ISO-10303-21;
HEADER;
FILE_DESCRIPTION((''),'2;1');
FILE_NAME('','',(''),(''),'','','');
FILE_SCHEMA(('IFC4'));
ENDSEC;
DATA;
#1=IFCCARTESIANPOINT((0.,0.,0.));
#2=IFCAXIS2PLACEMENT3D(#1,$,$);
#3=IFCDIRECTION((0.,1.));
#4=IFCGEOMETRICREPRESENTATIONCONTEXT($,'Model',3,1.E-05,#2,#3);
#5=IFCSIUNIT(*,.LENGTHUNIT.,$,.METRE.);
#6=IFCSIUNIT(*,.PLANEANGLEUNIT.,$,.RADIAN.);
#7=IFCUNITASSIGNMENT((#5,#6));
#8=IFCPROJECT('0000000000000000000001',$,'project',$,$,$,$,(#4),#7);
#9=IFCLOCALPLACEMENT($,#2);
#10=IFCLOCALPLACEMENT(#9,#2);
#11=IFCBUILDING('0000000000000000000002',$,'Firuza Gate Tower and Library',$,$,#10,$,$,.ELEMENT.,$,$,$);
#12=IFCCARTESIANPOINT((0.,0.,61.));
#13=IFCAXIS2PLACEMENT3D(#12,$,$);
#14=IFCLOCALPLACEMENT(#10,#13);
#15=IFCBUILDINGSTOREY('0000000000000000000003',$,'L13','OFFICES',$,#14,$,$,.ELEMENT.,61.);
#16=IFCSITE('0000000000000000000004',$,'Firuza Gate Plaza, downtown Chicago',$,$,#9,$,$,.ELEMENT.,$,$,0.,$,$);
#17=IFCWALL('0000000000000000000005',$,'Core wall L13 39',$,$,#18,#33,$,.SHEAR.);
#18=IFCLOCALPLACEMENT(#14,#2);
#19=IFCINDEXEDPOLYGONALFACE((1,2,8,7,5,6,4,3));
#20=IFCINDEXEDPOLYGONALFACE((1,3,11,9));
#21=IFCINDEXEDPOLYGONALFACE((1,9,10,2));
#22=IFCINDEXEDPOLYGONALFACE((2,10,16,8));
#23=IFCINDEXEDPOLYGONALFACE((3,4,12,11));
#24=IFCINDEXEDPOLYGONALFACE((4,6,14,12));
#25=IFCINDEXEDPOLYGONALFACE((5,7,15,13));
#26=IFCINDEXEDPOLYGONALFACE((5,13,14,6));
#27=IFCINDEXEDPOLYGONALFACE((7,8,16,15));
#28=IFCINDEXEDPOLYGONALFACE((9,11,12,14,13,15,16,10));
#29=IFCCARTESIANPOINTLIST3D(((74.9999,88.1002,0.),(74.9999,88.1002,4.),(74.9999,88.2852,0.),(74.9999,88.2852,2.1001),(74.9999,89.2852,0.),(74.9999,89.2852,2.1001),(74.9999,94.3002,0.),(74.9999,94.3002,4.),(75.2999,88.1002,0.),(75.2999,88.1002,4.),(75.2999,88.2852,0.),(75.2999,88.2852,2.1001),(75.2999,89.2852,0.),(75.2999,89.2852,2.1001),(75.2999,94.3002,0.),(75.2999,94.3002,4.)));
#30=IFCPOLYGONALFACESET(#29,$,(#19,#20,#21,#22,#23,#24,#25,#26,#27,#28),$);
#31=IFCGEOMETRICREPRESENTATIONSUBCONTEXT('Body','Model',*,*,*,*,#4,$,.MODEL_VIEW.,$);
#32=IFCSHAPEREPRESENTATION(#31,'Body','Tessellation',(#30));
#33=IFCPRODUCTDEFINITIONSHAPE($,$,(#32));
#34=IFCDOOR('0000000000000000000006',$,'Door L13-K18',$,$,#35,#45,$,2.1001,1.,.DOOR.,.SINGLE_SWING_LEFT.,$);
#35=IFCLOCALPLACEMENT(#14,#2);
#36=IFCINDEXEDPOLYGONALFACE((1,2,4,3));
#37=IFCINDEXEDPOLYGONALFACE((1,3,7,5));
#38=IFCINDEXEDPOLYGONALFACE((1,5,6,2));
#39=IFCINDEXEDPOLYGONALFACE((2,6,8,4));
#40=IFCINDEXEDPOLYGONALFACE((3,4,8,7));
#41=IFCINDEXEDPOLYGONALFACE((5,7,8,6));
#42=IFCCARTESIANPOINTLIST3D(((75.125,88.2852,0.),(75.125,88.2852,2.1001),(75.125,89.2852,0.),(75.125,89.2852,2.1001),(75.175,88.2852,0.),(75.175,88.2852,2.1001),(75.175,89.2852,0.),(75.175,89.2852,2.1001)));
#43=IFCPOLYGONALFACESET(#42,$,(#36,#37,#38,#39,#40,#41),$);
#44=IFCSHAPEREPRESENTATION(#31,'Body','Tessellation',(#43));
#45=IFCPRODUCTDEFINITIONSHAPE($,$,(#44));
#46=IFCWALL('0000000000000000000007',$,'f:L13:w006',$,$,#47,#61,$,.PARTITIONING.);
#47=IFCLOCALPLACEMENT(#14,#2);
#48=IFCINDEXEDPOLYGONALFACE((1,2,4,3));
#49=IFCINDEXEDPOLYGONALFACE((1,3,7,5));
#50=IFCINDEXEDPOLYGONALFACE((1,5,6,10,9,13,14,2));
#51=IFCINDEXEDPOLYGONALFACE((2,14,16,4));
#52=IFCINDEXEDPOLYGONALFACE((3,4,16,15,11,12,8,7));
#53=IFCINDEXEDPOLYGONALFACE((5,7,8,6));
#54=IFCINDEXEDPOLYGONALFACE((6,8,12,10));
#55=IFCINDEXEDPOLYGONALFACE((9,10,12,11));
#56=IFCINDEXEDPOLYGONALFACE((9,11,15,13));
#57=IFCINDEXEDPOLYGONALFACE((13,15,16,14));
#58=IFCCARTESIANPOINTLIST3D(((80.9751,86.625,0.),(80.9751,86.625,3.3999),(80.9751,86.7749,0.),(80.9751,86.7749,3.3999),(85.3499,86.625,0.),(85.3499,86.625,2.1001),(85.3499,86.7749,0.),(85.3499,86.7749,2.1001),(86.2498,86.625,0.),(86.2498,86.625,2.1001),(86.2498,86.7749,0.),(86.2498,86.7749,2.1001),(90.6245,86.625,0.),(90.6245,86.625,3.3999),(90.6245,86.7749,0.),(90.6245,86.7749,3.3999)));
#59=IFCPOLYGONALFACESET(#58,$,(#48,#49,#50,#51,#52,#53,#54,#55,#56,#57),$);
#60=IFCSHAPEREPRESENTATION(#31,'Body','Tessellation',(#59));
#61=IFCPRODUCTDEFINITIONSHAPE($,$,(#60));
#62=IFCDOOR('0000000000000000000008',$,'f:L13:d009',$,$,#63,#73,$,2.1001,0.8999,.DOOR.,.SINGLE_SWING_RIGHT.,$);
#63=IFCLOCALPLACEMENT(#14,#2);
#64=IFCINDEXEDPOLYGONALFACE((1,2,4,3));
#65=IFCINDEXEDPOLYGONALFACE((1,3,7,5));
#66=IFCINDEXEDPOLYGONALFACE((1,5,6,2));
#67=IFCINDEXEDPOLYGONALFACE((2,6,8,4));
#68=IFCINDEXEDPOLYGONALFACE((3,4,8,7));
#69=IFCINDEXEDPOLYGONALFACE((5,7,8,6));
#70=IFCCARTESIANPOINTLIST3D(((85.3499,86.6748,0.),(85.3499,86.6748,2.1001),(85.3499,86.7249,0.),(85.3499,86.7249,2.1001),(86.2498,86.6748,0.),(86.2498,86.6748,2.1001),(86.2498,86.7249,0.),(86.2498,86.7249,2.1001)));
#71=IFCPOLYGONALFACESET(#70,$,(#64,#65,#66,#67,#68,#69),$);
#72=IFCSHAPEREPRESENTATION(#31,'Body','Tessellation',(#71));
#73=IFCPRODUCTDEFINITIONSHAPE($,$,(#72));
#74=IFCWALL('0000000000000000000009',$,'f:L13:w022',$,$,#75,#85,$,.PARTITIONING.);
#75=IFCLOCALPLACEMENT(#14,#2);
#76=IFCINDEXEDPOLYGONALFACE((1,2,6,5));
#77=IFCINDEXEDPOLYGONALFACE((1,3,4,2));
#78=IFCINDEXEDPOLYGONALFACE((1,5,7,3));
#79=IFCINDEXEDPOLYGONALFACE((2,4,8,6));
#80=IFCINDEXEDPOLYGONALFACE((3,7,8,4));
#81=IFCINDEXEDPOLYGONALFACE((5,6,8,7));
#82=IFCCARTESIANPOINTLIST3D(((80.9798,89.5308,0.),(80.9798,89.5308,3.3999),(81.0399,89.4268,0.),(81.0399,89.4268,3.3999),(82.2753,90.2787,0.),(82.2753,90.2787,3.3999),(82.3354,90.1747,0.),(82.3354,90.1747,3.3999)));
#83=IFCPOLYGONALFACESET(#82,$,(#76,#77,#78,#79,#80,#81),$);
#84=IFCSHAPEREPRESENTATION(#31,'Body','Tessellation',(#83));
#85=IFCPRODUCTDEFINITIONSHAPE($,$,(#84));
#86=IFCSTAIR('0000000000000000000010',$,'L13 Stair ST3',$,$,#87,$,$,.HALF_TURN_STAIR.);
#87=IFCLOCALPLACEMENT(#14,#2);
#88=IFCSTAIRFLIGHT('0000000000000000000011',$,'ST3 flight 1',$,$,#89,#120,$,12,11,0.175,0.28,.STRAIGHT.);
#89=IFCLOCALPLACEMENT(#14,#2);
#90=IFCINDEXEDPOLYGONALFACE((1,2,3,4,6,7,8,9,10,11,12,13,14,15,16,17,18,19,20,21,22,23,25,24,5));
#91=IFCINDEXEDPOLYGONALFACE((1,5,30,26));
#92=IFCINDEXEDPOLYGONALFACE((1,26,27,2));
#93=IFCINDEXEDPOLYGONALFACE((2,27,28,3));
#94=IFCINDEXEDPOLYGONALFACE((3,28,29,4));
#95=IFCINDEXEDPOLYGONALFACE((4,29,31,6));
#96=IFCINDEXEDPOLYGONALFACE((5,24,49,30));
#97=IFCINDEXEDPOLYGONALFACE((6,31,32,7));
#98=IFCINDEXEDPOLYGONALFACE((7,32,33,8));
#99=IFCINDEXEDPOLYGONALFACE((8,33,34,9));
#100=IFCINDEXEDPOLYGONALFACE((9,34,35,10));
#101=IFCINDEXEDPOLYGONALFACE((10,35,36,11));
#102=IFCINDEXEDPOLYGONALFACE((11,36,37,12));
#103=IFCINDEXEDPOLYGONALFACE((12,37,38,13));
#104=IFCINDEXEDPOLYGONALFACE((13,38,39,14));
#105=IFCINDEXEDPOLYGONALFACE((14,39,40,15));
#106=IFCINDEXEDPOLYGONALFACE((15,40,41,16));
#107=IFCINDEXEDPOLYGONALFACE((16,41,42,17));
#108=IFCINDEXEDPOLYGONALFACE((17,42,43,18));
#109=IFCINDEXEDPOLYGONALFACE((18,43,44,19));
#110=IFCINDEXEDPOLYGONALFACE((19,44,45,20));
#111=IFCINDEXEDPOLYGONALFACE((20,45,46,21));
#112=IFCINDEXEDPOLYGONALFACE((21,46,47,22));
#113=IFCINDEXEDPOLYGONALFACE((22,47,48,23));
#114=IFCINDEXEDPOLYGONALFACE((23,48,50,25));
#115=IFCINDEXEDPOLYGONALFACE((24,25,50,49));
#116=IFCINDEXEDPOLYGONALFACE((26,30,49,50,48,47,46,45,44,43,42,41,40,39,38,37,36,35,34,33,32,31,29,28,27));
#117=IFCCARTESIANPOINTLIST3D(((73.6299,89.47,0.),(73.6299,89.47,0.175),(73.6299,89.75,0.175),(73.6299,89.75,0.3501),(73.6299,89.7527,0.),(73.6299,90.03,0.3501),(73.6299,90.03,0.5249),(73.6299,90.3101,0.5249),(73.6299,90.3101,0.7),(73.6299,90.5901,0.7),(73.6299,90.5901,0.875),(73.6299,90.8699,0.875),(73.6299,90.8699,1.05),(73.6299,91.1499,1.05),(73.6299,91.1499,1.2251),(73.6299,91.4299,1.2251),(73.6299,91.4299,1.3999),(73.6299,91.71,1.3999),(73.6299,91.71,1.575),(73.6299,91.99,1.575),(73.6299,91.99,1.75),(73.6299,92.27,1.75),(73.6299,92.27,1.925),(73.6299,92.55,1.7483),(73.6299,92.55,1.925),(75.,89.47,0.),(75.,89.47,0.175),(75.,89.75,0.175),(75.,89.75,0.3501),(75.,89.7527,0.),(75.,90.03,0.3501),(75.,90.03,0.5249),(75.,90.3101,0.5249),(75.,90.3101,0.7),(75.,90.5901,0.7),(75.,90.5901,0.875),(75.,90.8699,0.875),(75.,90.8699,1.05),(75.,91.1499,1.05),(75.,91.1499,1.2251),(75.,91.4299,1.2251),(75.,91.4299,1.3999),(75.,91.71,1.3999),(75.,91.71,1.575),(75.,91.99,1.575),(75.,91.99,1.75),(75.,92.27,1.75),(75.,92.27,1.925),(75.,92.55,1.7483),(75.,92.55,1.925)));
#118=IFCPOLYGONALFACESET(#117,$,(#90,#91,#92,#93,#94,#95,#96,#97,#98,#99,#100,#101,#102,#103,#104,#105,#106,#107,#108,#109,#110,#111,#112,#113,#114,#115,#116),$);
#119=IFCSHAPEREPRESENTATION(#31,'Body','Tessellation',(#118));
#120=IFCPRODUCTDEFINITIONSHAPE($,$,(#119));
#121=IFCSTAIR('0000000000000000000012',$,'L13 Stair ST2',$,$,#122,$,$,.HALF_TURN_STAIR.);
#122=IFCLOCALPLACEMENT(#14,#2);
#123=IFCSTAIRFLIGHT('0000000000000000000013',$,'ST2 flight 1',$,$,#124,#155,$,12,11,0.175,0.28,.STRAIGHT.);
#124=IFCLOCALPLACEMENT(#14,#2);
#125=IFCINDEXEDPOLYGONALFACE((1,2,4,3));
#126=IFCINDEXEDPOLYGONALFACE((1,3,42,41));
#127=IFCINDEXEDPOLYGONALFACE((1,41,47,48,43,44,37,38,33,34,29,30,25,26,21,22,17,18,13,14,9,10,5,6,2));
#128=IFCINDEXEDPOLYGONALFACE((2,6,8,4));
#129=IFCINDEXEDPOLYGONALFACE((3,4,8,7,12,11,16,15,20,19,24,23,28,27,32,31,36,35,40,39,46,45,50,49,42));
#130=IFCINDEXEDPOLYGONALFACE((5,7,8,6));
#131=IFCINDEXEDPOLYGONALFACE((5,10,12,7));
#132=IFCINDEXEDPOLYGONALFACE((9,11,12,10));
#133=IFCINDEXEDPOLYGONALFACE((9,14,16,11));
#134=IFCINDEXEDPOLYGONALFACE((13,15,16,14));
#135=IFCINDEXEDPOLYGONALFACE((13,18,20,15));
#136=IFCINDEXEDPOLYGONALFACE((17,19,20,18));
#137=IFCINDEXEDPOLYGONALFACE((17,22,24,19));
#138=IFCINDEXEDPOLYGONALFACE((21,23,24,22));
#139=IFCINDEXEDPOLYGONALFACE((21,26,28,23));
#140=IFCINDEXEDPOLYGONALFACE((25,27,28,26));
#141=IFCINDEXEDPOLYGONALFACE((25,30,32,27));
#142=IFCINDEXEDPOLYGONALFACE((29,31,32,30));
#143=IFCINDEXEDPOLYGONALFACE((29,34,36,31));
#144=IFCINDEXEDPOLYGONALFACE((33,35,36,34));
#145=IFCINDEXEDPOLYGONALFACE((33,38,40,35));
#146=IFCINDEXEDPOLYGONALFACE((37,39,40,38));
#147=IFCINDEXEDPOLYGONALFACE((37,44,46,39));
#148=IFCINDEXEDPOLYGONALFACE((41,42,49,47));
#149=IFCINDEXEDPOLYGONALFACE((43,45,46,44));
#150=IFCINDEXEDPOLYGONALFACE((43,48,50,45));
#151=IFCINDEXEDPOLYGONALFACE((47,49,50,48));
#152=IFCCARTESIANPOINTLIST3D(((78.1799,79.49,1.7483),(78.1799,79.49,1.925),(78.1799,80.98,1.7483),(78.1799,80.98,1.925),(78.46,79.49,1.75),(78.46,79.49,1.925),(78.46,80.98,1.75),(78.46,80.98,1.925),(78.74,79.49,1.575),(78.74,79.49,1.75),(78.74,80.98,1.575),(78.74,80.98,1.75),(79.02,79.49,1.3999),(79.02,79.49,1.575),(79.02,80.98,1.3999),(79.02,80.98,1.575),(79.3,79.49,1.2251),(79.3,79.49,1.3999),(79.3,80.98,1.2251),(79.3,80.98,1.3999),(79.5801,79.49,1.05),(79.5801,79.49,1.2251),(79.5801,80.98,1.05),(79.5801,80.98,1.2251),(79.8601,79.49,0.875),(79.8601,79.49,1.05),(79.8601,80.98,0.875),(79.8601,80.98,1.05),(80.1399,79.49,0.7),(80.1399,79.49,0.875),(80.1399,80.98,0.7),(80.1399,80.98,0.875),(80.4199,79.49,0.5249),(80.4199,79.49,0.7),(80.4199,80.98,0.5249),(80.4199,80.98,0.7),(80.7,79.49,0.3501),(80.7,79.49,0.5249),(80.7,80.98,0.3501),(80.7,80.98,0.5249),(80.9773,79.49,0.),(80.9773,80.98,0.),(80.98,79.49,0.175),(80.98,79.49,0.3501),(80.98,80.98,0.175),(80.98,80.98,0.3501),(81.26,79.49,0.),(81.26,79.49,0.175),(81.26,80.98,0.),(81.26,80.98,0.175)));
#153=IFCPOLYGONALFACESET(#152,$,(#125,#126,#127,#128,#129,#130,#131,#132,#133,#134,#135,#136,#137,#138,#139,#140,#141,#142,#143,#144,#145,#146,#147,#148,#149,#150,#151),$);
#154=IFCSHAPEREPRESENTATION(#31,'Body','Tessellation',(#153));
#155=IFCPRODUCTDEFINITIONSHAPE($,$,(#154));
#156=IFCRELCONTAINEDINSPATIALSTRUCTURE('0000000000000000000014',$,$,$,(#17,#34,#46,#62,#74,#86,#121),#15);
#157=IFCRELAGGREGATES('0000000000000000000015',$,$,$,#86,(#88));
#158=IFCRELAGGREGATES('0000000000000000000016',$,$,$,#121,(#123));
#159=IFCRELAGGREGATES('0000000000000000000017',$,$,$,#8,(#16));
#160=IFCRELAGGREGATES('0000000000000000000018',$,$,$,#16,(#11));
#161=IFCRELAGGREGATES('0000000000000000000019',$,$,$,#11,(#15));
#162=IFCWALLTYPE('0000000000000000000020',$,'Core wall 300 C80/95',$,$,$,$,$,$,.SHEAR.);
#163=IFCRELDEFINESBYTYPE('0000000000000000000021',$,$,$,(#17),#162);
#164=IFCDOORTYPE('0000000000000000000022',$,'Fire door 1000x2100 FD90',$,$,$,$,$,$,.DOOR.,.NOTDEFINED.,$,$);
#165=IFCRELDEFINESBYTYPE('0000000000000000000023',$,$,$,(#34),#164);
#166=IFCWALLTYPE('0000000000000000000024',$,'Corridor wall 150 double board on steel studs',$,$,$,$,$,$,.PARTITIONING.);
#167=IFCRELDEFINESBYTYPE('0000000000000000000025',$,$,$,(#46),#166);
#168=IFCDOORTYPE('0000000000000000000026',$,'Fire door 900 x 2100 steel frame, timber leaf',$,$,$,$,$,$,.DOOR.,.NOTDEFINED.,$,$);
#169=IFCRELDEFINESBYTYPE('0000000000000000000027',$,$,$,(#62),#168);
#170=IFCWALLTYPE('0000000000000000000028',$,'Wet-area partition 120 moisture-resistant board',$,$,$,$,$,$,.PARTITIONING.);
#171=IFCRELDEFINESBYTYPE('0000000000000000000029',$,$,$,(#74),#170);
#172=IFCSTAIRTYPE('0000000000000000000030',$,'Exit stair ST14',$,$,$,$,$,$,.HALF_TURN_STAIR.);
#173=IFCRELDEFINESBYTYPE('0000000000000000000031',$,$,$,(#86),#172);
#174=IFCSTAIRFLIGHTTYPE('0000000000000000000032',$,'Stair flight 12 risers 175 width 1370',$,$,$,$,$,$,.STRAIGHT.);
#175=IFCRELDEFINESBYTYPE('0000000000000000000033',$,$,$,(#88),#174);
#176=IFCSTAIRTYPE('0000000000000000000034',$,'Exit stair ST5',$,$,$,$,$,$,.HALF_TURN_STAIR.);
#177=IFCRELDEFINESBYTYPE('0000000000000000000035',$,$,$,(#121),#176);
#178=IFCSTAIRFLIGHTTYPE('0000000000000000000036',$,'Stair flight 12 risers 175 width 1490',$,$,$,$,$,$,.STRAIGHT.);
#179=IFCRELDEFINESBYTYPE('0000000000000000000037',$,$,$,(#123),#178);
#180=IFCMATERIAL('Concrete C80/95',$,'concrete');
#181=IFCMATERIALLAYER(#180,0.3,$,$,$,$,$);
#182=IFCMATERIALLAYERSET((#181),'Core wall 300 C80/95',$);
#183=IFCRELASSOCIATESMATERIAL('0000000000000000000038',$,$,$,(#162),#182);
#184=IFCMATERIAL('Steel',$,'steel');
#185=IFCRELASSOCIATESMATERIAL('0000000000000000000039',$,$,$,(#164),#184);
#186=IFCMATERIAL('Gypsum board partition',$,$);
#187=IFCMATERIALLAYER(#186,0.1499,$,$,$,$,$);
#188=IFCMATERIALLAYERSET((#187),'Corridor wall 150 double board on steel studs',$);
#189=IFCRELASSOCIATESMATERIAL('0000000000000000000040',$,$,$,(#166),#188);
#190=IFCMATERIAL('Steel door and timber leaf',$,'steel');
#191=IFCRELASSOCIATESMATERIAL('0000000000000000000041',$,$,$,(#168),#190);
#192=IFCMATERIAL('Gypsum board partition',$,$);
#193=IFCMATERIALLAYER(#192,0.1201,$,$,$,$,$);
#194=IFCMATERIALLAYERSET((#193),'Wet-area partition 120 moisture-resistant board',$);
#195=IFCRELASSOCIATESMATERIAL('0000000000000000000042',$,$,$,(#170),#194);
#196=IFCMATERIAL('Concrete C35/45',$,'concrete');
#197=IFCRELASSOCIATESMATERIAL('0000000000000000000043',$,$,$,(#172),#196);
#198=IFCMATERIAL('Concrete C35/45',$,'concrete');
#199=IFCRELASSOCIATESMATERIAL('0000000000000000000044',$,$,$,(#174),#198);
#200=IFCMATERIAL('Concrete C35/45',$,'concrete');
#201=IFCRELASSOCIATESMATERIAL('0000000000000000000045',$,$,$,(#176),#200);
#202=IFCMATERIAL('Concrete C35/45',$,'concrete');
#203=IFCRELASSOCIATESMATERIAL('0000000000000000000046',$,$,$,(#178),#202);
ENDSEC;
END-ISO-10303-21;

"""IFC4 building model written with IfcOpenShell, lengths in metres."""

from ifc_helpers import new_model, si_unit, direction, frame, frame_2d, origin, place, context, subcontext, project, spatial, polyline, rectangle, outline, extrude, material, layer, layer_set, type_object, element, fill, aggregate, save


model = new_model("IFC4")

# Units and contexts
model_context = context("Model", 3, precision=1e-05, world=origin(), true_north=direction((0.0, 1.0)))
body_context = subcontext(model_context, "Body", "Model", "MODEL_VIEW")
ifc_project = project(units=[si_unit("LENGTHUNIT", "METRE"), si_unit("PLANEANGLEUNIT", "RADIAN")], contexts=[model_context])

# Site, building, storey
site_placement = place(None, origin())
site = spatial("IfcSite", under=ifc_project, at=site_placement, Name="Firuza Gate Plaza, downtown Chicago", CompositionType="ELEMENT", RefElevation=0.0)
building_placement = place(site_placement, origin())
building = spatial("IfcBuilding", under=site, at=building_placement, Name="Firuza Gate Tower and Library", CompositionType="ELEMENT")
storey_placement = place(building_placement, frame((0.0, 0.0, 61.0)))
storey = spatial("IfcBuildingStorey", under=building, at=storey_placement, Name="L13", Description="OFFICES", CompositionType="ELEMENT", Elevation=61.0)

# Shared definitions
ifc_material_1 = material(Name="Concrete C80/95", Category="concrete")
ifc_layer_1 = layer(ifc_material_1, 0.3)
ifc_layer_set_1 = layer_set([ifc_layer_1], Name="Core wall 300 C80/95")
wall_type_1 = type_object("IfcWallType", Name="Core wall 300 C80/95", PredefinedType="SHEAR", material=ifc_layer_set_1)

# Shared definitions
ifc_material_2 = material(Name="Steel", Category="steel")
door_type_1 = type_object("IfcDoorType", Name="Fire door 1000x2100 FD90", OperationType="NOTDEFINED", PredefinedType="DOOR", material=ifc_material_2)

# Walls, openings, doors
wall_1_placement = place(storey_placement, frame((75.1499, 88.1001, 0.0), z_axis=(0.0, 0.0, 1.0), x_axis=(0.0, 1.0, 0.0)))
wall_1 = element("IfcWall", 1, at=wall_1_placement, inside=storey, type_object=wall_type_1, Name="Core wall L13 39", PredefinedType="SHEAR", context=body_context, shape_type="SweptSolid", body=[
    extrude(rectangle(XDim=6.2, YDim=0.3, at=frame_2d((3.1001, 0.0))), origin(), (0.0, 0.0, 1.0), 4.0),
])
opening_1_placement = place(wall_1_placement, frame((0.1851, 0.0, 0.0)))
opening_1 = element("IfcOpeningElement", 2, at=opening_1_placement, cuts=wall_1, PredefinedType="OPENING", context=body_context, shape_type="SweptSolid", body=[
    extrude(rectangle(XDim=1.0, YDim=2.1001, at=frame_2d((0.5, 1.05))), frame((0.0, 0.1602, 0.0), z_axis=(0.0, -1.0, 0.0), x_axis=(1.0, 0.0, 0.0)), (0.0, 0.0, 1.0), 0.3201),
])
door_1_placement = place(opening_1_placement, origin())
door_1 = element("IfcDoor", 3, at=door_1_placement, inside=storey, type_object=door_type_1, Name="Door L13-K18", OperationType="SINGLE_SWING_LEFT", OverallHeight=2.1001, OverallWidth=1.0, PredefinedType="DOOR", context=body_context, shape_type="SweptSolid", body=[
    extrude(rectangle(XDim=1.0, YDim=2.1001, at=frame_2d((0.5, 1.05))), frame((0.0, 0.0249, 0.0), z_axis=(0.0, -1.0, 0.0), x_axis=(1.0, 0.0, 0.0)), (0.0, 0.0, 1.0), 0.05),
])
fill(opening_1, door_1)
ifc_material_3 = material(Name="Gypsum board partition")
ifc_layer_2 = layer(ifc_material_3, 0.1499)
ifc_layer_set_2 = layer_set([ifc_layer_2], Name="Corridor wall 150 double board on steel studs")
wall_type_2 = type_object("IfcWallType", Name="Corridor wall 150 double board on steel studs", PredefinedType="PARTITIONING", material=ifc_layer_set_2)
wall_2_placement = place(storey_placement, frame((80.9751, 86.7, 0.0), z_axis=(0.0, 0.0, 1.0), x_axis=(1.0, 0.0, 0.0)))
wall_2 = element("IfcWall", 4, at=wall_2_placement, inside=storey, type_object=wall_type_2, Name="f:L13:w006", PredefinedType="PARTITIONING", context=body_context, shape_type="SweptSolid", body=[
    extrude(rectangle(XDim=9.6494, YDim=0.1499, at=frame_2d((4.8247, 0.0))), origin(), (0.0, 0.0, 1.0), 3.3999),
])
opening_2_placement = place(wall_2_placement, frame((4.3748, 0.0, 0.0)))
opening_2 = element("IfcOpeningElement", 5, at=opening_2_placement, cuts=wall_2, PredefinedType="OPENING", context=body_context, shape_type="SweptSolid", body=[
    extrude(rectangle(XDim=0.8999, YDim=2.1001, at=frame_2d((0.45, 1.05))), frame((0.0, 0.085, 0.0), z_axis=(0.0, -1.0, 0.0), x_axis=(1.0, 0.0, 0.0)), (0.0, 0.0, 1.0), 0.1699),
])
ifc_material_4 = material(Name="Steel door and timber leaf", Category="steel")
door_type_2 = type_object("IfcDoorType", Name="Fire door 900 x 2100 steel frame, timber leaf", OperationType="NOTDEFINED", PredefinedType="DOOR", material=ifc_material_4)
door_2_placement = place(opening_2_placement, origin())
door_2 = element("IfcDoor", 6, at=door_2_placement, inside=storey, type_object=door_type_2, Name="f:L13:d009", OperationType="SINGLE_SWING_RIGHT", OverallHeight=2.1001, OverallWidth=0.8999, PredefinedType="DOOR", context=body_context, shape_type="SweptSolid", body=[
    extrude(rectangle(XDim=0.8999, YDim=2.1001, at=frame_2d((0.45, 1.05))), frame((0.0, 0.0249, 0.0), z_axis=(0.0, -1.0, 0.0), x_axis=(1.0, 0.0, 0.0)), (0.0, 0.0, 1.0), 0.05),
])
fill(opening_2, door_2)

# Wall
ifc_material_5 = material(Name="Gypsum board partition")
ifc_layer_3 = layer(ifc_material_5, 0.1201)
ifc_layer_set_3 = layer_set([ifc_layer_3], Name="Wet-area partition 120 moisture-resistant board")
wall_type_3 = type_object("IfcWallType", Name="Wet-area partition 120 moisture-resistant board", PredefinedType="PARTITIONING", material=ifc_layer_set_3)
wall_3_placement = place(storey_placement, frame((81.0098, 89.4788, 0.0), z_axis=(0.0, 0.0, 1.0), x_axis=(0.866055, 0.499949, 0.0)))
element("IfcWall", 7, at=wall_3_placement, inside=storey, type_object=wall_type_3, Name="f:L13:w022", PredefinedType="PARTITIONING", context=body_context, shape_type="SweptSolid", body=[
    extrude(rectangle(XDim=1.4958, YDim=0.1201, at=frame_2d((0.748, 0.0))), origin(), (0.0, 0.0, 1.0), 3.3999),
])

# Stair, stair flight
ifc_material_6 = material(Name="Concrete C35/45", Category="concrete")
stair_type_1 = type_object("IfcStairType", Name="Exit stair ST14", PredefinedType="HALF_TURN_STAIR", material=ifc_material_6)
placement = place(storey_placement, origin())
stair_1 = element("IfcStair", 8, at=placement, inside=storey, type_object=stair_type_1, Name="L13 Stair ST3", PredefinedType="HALF_TURN_STAIR")
ifc_material_7 = material(Name="Concrete C35/45", Category="concrete")
stair_flight_type_1 = type_object("IfcStairFlightType", Name="Stair flight 12 risers 175 width 1370", PredefinedType="STRAIGHT", material=ifc_material_7)
stair_flight_1_placement = place(storey_placement, frame((74.3149, 89.47, 0.0), z_axis=(0.0, 0.0, 1.0), x_axis=(0.0, 1.0, 0.0)))
stair_flight_1 = element("IfcStairFlight", 9, at=stair_flight_1_placement, type_object=stair_flight_type_1, Name="ST3 flight 1", NumberOfRisers=12, NumberOfTreads=11, PredefinedType="STRAIGHT", RiserHeight=0.175, TreadLength=0.28, context=body_context, shape_type="SweptSolid", body=[
    extrude(outline(polyline([(0.0, 0.0), (0.0, 0.175), (0.28, 0.175), (0.28, 0.3501), (0.5601, 0.3501), (0.5601, 0.5249), (0.8401, 0.5249), (0.8401, 0.7), (1.1201, 0.7), (1.1201, 0.875), (1.3999, 0.875), (1.3999, 1.05), (1.6799, 1.05), (1.6799, 1.2251), (1.96, 1.2251), (1.96, 1.3999), (2.24, 1.3999), (2.24, 1.575), (2.52, 1.575), (2.52, 1.75), (2.8, 1.75), (2.8, 1.925), (3.0801, 1.925), (3.0801, 2.1001), (3.0801, 1.7483), (0.2827, 0.0), (0.0, 0.0)])), frame((0.0, 0.6851, 0.0), z_axis=(0.0, -1.0, 0.0), x_axis=(1.0, 0.0, 0.0)), (0.0, 0.0, 1.0), 1.3701),
])
aggregate(stair_1, [stair_flight_1])

# Stair, stair flight
ifc_material_8 = material(Name="Concrete C35/45", Category="concrete")
stair_type_2 = type_object("IfcStairType", Name="Exit stair ST5", PredefinedType="HALF_TURN_STAIR", material=ifc_material_8)
stair_2 = element("IfcStair", 10, at=placement, inside=storey, type_object=stair_type_2, Name="L13 Stair ST2", PredefinedType="HALF_TURN_STAIR")
ifc_material_9 = material(Name="Concrete C35/45", Category="concrete")
stair_flight_type_2 = type_object("IfcStairFlightType", Name="Stair flight 12 risers 175 width 1490", PredefinedType="STRAIGHT", material=ifc_material_9)
stair_flight_2_placement = place(storey_placement, frame((81.26, 80.2351, 0.0), z_axis=(0.0, 0.0, 1.0), x_axis=(-1.0, 0.0, 0.0)))
stair_flight_2 = element("IfcStairFlight", 11, at=stair_flight_2_placement, type_object=stair_flight_type_2, Name="ST2 flight 1", NumberOfRisers=12, NumberOfTreads=11, PredefinedType="STRAIGHT", RiserHeight=0.175, TreadLength=0.28, context=body_context, shape_type="SweptSolid", body=[
    extrude(outline(polyline([(0.0, 0.0), (0.0, 0.175), (0.28, 0.175), (0.28, 0.3501), (0.5601, 0.3501), (0.5601, 0.5249), (0.8401, 0.5249), (0.8401, 0.7), (1.1201, 0.7), (1.1201, 0.875), (1.3999, 0.875), (1.3999, 1.05), (1.6799, 1.05), (1.6799, 1.2251), (1.96, 1.2251), (1.96, 1.3999), (2.24, 1.3999), (2.24, 1.575), (2.52, 1.575), (2.52, 1.75), (2.8, 1.75), (2.8, 1.925), (3.0801, 1.925), (3.0801, 2.1001), (3.0801, 1.7483), (0.2827, 0.0), (0.0, 0.0)])), frame((0.0, 0.7451, 0.0), z_axis=(0.0, -1.0, 0.0), x_axis=(1.0, 0.0, 0.0)), (0.0, 0.0, 1.0), 1.49),
])
aggregate(stair_2, [stair_flight_2])

save(model, "model.ifc")
